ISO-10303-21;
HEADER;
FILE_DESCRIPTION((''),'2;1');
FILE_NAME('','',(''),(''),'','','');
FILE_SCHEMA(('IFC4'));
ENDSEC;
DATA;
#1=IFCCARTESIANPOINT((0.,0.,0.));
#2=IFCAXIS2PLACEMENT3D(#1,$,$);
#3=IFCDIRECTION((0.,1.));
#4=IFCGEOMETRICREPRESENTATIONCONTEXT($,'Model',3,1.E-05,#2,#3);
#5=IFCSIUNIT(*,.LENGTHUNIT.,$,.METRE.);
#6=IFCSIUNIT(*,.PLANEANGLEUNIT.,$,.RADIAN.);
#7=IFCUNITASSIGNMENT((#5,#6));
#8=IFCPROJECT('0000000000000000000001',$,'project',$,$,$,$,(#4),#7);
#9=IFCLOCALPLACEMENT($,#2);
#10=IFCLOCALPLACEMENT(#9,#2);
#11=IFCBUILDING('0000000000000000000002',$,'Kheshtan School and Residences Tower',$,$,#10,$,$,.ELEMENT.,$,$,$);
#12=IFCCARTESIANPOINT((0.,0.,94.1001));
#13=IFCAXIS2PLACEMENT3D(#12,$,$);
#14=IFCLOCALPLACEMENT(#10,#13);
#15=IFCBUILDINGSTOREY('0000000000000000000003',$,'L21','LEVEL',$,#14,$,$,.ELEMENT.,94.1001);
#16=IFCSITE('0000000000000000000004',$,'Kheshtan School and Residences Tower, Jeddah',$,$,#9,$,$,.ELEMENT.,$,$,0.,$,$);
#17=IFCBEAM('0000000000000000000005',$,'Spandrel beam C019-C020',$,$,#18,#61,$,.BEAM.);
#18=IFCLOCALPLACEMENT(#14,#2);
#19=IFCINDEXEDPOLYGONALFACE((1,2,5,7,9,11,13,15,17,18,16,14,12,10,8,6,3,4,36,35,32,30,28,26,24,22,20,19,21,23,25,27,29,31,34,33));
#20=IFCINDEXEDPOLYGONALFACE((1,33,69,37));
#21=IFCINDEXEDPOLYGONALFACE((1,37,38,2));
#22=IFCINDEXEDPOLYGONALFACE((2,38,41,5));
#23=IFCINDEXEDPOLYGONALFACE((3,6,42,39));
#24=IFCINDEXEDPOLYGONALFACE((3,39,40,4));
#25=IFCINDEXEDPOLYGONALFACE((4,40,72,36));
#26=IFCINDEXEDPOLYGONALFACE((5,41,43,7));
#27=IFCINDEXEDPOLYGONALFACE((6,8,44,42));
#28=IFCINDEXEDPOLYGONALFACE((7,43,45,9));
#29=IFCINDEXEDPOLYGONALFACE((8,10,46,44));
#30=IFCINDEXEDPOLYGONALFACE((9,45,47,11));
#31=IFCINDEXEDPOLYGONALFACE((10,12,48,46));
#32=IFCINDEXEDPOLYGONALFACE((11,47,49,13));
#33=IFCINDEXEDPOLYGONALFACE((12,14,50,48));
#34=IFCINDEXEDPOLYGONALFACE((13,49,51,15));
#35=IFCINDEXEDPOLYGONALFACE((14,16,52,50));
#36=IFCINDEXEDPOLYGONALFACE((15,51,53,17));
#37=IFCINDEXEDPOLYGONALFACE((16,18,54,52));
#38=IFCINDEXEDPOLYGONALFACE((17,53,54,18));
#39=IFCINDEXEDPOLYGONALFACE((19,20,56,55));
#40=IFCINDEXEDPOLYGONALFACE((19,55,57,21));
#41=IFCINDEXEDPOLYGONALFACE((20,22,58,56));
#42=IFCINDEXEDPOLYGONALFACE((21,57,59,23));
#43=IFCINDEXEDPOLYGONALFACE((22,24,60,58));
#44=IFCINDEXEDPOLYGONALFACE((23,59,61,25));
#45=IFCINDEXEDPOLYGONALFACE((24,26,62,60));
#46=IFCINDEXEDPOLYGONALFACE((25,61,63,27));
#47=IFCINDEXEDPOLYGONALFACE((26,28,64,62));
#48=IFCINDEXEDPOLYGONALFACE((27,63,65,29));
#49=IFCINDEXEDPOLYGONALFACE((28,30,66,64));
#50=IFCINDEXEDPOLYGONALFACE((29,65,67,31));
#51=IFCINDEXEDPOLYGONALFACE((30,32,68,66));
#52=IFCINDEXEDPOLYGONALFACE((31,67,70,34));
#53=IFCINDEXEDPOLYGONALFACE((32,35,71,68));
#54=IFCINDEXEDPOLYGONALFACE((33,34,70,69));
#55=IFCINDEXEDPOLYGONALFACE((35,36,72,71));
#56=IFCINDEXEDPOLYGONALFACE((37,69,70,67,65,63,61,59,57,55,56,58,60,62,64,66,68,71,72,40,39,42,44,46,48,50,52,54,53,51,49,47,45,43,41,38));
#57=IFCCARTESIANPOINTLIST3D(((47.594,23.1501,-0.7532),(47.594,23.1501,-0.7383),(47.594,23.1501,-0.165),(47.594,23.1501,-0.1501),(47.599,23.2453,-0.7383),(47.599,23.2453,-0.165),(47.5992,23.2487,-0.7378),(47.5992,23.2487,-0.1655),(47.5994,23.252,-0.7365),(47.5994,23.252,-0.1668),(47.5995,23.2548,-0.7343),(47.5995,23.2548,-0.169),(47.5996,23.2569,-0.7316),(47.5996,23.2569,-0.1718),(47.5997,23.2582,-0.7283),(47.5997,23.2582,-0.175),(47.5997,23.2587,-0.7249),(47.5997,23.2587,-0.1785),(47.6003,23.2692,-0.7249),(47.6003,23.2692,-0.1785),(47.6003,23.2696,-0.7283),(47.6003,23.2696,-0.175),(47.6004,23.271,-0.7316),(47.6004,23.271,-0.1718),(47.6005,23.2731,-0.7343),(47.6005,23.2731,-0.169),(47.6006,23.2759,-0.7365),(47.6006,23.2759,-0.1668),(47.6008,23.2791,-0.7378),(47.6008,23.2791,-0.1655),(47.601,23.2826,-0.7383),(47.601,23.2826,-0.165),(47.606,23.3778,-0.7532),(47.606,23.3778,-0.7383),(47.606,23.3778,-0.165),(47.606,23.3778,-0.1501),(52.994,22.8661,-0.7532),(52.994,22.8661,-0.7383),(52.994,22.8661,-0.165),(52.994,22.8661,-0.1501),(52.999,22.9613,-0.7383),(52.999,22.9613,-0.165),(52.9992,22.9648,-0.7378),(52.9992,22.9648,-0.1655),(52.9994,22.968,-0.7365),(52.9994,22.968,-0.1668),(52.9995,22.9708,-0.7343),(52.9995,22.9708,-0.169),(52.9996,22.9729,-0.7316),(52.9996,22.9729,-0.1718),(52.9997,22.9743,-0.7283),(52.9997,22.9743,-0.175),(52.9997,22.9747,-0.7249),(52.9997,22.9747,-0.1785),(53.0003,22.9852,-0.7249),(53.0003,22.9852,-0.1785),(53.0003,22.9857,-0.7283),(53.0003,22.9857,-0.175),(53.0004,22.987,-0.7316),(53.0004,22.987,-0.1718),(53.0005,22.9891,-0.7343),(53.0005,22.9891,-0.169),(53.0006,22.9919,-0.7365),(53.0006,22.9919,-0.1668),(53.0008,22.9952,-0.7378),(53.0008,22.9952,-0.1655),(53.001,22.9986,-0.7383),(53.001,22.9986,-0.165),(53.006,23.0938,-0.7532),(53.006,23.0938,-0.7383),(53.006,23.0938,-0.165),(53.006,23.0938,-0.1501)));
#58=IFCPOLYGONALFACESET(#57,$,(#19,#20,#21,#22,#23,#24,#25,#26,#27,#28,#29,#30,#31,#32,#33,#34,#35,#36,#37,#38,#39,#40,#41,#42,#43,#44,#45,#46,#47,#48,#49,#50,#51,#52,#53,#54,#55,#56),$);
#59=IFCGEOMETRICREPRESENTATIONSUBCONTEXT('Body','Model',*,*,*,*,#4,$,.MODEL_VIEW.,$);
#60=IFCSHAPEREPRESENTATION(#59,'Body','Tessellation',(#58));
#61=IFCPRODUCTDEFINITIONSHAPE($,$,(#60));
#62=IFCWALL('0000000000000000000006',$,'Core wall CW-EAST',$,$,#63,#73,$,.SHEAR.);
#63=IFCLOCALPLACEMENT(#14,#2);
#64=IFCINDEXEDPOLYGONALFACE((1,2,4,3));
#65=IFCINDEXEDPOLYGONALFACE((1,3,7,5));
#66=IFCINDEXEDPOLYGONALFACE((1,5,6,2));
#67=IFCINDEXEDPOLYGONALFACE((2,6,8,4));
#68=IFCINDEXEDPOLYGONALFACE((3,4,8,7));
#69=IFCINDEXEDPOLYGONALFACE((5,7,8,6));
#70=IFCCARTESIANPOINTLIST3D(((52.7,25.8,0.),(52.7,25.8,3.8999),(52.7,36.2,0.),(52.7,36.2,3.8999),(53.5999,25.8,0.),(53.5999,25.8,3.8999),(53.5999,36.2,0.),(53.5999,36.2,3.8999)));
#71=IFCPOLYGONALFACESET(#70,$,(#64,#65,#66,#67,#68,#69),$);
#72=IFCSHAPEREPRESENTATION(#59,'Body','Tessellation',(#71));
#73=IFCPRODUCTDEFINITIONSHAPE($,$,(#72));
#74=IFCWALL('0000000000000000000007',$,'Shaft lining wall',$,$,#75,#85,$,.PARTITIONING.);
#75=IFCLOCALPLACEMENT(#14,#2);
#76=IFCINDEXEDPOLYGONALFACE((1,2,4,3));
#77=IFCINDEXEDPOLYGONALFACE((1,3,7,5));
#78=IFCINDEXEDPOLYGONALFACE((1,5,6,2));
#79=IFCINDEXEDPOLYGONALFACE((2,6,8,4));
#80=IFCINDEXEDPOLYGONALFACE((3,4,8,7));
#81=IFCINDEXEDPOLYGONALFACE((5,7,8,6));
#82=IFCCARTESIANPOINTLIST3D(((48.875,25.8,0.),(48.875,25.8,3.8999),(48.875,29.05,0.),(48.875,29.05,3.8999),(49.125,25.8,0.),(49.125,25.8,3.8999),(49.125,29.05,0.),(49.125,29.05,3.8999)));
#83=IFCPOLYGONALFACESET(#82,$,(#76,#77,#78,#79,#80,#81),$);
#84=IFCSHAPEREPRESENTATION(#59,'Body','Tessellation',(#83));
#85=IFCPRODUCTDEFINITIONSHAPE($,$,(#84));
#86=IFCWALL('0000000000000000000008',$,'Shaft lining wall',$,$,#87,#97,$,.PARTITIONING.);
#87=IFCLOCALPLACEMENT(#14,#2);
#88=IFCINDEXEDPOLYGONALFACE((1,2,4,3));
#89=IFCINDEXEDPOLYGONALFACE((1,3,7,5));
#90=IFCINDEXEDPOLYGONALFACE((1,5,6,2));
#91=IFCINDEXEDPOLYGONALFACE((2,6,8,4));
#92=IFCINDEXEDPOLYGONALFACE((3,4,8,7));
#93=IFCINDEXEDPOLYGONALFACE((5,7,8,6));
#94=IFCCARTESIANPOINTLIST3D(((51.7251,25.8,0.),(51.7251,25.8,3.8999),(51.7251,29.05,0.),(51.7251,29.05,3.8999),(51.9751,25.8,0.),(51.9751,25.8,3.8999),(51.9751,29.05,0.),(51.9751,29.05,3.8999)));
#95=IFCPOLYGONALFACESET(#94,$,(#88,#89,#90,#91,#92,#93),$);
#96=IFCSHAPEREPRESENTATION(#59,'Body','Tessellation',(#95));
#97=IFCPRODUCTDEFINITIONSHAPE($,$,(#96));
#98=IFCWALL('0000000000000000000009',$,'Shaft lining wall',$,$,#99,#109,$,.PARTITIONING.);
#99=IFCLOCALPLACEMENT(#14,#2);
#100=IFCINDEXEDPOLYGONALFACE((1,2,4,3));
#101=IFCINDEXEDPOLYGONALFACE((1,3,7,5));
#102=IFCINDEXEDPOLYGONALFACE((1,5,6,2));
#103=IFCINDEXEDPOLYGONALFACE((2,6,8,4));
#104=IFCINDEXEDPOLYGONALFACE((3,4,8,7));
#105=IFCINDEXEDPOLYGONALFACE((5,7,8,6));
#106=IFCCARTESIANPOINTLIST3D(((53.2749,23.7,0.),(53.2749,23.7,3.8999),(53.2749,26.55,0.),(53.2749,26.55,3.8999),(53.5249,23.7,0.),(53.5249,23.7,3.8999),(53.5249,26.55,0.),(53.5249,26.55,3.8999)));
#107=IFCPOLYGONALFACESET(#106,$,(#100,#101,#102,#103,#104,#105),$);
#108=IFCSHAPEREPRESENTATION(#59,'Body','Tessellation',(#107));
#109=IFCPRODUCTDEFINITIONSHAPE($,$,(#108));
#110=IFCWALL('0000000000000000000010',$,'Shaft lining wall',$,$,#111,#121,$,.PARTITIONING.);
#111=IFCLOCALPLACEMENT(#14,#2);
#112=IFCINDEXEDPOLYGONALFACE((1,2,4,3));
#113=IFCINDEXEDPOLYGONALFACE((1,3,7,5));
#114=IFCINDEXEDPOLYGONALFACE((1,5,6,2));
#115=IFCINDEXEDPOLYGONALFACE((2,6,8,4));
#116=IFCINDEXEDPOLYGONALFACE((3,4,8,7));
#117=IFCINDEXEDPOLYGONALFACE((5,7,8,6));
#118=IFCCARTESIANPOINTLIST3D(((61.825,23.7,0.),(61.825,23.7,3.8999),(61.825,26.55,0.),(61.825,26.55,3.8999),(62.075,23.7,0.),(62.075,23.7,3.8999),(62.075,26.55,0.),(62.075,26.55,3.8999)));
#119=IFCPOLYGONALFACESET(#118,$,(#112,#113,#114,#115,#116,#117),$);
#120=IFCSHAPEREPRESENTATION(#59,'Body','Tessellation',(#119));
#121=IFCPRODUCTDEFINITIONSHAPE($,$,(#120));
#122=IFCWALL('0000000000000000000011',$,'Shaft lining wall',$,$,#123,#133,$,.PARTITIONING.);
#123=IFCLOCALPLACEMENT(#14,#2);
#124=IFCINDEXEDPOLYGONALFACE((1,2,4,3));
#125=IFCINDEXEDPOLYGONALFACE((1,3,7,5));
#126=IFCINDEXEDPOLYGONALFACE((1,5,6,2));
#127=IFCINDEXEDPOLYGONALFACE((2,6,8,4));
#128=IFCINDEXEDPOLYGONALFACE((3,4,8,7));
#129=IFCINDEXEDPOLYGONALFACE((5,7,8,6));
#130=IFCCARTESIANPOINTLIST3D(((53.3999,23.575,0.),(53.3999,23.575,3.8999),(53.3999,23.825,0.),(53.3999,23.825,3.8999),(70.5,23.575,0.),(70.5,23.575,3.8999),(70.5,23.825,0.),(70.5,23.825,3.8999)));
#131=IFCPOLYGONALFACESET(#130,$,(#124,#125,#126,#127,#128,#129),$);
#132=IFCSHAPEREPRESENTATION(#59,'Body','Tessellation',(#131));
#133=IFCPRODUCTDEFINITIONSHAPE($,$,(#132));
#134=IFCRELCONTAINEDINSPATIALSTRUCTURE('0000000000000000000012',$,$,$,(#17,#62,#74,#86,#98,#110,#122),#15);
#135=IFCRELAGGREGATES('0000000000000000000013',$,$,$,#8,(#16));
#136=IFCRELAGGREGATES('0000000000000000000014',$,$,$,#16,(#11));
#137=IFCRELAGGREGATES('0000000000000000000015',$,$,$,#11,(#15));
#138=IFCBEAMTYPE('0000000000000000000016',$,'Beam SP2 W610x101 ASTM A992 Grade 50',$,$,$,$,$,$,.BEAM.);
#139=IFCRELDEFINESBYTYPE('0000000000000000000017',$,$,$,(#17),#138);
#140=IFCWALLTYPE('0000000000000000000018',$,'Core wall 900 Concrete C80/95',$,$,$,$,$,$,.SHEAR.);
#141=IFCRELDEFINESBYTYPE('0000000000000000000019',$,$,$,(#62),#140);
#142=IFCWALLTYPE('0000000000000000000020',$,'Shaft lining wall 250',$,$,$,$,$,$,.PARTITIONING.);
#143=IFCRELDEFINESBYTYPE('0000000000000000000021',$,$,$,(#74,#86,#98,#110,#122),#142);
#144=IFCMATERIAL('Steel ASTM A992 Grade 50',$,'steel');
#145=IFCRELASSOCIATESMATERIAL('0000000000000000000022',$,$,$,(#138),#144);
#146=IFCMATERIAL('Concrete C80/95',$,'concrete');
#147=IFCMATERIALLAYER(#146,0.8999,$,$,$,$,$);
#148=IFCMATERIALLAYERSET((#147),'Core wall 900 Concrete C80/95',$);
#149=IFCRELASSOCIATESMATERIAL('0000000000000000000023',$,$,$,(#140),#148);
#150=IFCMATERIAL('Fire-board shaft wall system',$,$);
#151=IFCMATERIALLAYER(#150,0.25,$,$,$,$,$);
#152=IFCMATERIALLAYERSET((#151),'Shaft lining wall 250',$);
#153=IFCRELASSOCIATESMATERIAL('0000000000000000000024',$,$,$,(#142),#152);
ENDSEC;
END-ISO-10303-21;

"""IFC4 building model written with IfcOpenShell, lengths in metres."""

from ifc_helpers import new_model, si_unit, direction, frame, frame_2d, origin, origin_2d, place, context, subcontext, project, spatial, rectangle, i_section, extrude, material, layer, layer_set, material_profile, profile_set, type_object, element, save


model = new_model("IFC4")

# Units and contexts
model_context = context("Model", 3, precision=1e-05, world=origin(), true_north=direction((0.0, 1.0)))
body_context = subcontext(model_context, "Body", "Model", "MODEL_VIEW")
ifc_project = project(units=[si_unit("LENGTHUNIT", "METRE"), si_unit("PLANEANGLEUNIT", "RADIAN")], contexts=[model_context])

# Site, building, storey
site_placement = place(None, origin())
site = spatial("IfcSite", under=ifc_project, at=site_placement, Name="Kheshtan School and Residences Tower, Jeddah", CompositionType="ELEMENT", RefElevation=0.0)
building_placement = place(site_placement, origin())
building = spatial("IfcBuilding", under=site, at=building_placement, Name="Kheshtan School and Residences Tower", CompositionType="ELEMENT")
storey_placement = place(building_placement, frame((0.0, 0.0, 94.1001)))
storey = spatial("IfcBuildingStorey", under=building, at=storey_placement, Name="L21", Description="LEVEL", CompositionType="ELEMENT", Elevation=94.1001)

# Shared definitions
ifc_material_1 = material(Name="Steel ASTM A992 Grade 50", Category="steel")

# Beam
ifc_material_profile_1 = material_profile(ifc_material_1, i_section(OverallWidth=0.228, OverallDepth=0.603, WebThickness=0.0105, FlangeThickness=0.0149, FilletRadius=0.0134, at=origin_2d()), Name="W610x101")
ifc_profile_set_1 = profile_set([ifc_material_profile_1], Name="Steel ASTM A992 Grade 50")
beam_type_1 = type_object("IfcBeamType", Name="Beam SP2 W610x101 ASTM A992 Grade 50", PredefinedType="BEAM", material=ifc_profile_set_1)
for number, where, z_axis, x_axis, name in (
    (1, (53.0, 22.98, -0.4517), (-0.99862, 0.052509, 0.0), (-0.052509, -0.99862, 0.0), "Spandrel beam C019-C020"),
):
    element("IfcBeam", number, at=place(storey_placement, frame(where, z_axis=z_axis, x_axis=x_axis)), inside=storey, type_object=beam_type_1, Name=name, PredefinedType="BEAM", context=body_context, shape_type="SweptSolid", body=[
        extrude(i_section(OverallWidth=0.228, OverallDepth=0.603, WebThickness=0.0105, FlangeThickness=0.0149, FilletRadius=0.0134, at=origin_2d()), origin(), (0.0, 0.0, 1.0), 5.4075),
    ])

# Walls
ifc_material_2 = material(Name="Concrete C80/95", Category="concrete")
ifc_layer_1 = layer(ifc_material_2, 0.8999)
ifc_layer_set_1 = layer_set([ifc_layer_1], Name="Core wall 900 Concrete C80/95")
wall_type_1 = type_object("IfcWallType", Name="Core wall 900 Concrete C80/95", PredefinedType="SHEAR", material=ifc_layer_set_1)
wall_1_placement = place(storey_placement, frame((53.1499, 25.8, 0.0), z_axis=(0.0, 0.0, 1.0), x_axis=(0.0, 1.0, 0.0)))
element("IfcWall", 2, at=wall_1_placement, inside=storey, type_object=wall_type_1, Name="Core wall CW-EAST", PredefinedType="SHEAR", context=body_context, shape_type="SweptSolid", body=[
    extrude(rectangle(XDim=10.3999, YDim=0.8999, at=frame_2d((5.2, 0.0))), origin(), (0.0, 0.0, 1.0), 3.8999),
])
ifc_material_3 = material(Name="Fire-board shaft wall system")
ifc_layer_2 = layer(ifc_material_3, 0.25)
ifc_layer_set_2 = layer_set([ifc_layer_2], Name="Shaft lining wall 250")
wall_type_2 = type_object("IfcWallType", Name="Shaft lining wall 250", PredefinedType="PARTITIONING", material=ifc_layer_set_2)
for number, where, z_axis, x_axis, name in (
    (3, (49.0, 25.8, 0.0), (0.0, 0.0, 1.0), (0.0, 1.0, 0.0), "Shaft lining wall"),
    (4, (51.8501, 25.8, 0.0), (0.0, 0.0, 1.0), (0.0, 1.0, 0.0), "Shaft lining wall"),
):
    element("IfcWall", number, at=place(storey_placement, frame(where, z_axis=z_axis, x_axis=x_axis)), inside=storey, type_object=wall_type_2, Name=name, PredefinedType="PARTITIONING", context=body_context, shape_type="SweptSolid", body=[
        extrude(rectangle(XDim=3.25, YDim=0.25, at=frame_2d((1.625, 0.0))), origin(), (0.0, 0.0, 1.0), 3.8999),
    ])
for number, where, z_axis, x_axis, name in (
    (5, (53.3999, 23.7, 0.0), (0.0, 0.0, 1.0), (0.0, 1.0, 0.0), "Shaft lining wall"),
    (6, (61.95, 23.7, 0.0), (0.0, 0.0, 1.0), (0.0, 1.0, 0.0), "Shaft lining wall"),
):
    element("IfcWall", number, at=place(storey_placement, frame(where, z_axis=z_axis, x_axis=x_axis)), inside=storey, type_object=wall_type_2, Name=name, PredefinedType="PARTITIONING", context=body_context, shape_type="SweptSolid", body=[
        extrude(rectangle(XDim=2.8501, YDim=0.25, at=frame_2d((1.425, 0.0))), origin(), (0.0, 0.0, 1.0), 3.8999),
    ])
wall_2_placement = place(storey_placement, frame((53.3999, 23.7, 0.0), z_axis=(0.0, 0.0, 1.0), x_axis=(1.0, 0.0, 0.0)))
element("IfcWall", 7, at=wall_2_placement, inside=storey, type_object=wall_type_2, Name="Shaft lining wall", PredefinedType="PARTITIONING", context=body_context, shape_type="SweptSolid", body=[
    extrude(rectangle(XDim=17.1001, YDim=0.25, at=frame_2d((8.55, 0.0))), origin(), (0.0, 0.0, 1.0), 3.8999),
])

save(model, "model.ifc")
